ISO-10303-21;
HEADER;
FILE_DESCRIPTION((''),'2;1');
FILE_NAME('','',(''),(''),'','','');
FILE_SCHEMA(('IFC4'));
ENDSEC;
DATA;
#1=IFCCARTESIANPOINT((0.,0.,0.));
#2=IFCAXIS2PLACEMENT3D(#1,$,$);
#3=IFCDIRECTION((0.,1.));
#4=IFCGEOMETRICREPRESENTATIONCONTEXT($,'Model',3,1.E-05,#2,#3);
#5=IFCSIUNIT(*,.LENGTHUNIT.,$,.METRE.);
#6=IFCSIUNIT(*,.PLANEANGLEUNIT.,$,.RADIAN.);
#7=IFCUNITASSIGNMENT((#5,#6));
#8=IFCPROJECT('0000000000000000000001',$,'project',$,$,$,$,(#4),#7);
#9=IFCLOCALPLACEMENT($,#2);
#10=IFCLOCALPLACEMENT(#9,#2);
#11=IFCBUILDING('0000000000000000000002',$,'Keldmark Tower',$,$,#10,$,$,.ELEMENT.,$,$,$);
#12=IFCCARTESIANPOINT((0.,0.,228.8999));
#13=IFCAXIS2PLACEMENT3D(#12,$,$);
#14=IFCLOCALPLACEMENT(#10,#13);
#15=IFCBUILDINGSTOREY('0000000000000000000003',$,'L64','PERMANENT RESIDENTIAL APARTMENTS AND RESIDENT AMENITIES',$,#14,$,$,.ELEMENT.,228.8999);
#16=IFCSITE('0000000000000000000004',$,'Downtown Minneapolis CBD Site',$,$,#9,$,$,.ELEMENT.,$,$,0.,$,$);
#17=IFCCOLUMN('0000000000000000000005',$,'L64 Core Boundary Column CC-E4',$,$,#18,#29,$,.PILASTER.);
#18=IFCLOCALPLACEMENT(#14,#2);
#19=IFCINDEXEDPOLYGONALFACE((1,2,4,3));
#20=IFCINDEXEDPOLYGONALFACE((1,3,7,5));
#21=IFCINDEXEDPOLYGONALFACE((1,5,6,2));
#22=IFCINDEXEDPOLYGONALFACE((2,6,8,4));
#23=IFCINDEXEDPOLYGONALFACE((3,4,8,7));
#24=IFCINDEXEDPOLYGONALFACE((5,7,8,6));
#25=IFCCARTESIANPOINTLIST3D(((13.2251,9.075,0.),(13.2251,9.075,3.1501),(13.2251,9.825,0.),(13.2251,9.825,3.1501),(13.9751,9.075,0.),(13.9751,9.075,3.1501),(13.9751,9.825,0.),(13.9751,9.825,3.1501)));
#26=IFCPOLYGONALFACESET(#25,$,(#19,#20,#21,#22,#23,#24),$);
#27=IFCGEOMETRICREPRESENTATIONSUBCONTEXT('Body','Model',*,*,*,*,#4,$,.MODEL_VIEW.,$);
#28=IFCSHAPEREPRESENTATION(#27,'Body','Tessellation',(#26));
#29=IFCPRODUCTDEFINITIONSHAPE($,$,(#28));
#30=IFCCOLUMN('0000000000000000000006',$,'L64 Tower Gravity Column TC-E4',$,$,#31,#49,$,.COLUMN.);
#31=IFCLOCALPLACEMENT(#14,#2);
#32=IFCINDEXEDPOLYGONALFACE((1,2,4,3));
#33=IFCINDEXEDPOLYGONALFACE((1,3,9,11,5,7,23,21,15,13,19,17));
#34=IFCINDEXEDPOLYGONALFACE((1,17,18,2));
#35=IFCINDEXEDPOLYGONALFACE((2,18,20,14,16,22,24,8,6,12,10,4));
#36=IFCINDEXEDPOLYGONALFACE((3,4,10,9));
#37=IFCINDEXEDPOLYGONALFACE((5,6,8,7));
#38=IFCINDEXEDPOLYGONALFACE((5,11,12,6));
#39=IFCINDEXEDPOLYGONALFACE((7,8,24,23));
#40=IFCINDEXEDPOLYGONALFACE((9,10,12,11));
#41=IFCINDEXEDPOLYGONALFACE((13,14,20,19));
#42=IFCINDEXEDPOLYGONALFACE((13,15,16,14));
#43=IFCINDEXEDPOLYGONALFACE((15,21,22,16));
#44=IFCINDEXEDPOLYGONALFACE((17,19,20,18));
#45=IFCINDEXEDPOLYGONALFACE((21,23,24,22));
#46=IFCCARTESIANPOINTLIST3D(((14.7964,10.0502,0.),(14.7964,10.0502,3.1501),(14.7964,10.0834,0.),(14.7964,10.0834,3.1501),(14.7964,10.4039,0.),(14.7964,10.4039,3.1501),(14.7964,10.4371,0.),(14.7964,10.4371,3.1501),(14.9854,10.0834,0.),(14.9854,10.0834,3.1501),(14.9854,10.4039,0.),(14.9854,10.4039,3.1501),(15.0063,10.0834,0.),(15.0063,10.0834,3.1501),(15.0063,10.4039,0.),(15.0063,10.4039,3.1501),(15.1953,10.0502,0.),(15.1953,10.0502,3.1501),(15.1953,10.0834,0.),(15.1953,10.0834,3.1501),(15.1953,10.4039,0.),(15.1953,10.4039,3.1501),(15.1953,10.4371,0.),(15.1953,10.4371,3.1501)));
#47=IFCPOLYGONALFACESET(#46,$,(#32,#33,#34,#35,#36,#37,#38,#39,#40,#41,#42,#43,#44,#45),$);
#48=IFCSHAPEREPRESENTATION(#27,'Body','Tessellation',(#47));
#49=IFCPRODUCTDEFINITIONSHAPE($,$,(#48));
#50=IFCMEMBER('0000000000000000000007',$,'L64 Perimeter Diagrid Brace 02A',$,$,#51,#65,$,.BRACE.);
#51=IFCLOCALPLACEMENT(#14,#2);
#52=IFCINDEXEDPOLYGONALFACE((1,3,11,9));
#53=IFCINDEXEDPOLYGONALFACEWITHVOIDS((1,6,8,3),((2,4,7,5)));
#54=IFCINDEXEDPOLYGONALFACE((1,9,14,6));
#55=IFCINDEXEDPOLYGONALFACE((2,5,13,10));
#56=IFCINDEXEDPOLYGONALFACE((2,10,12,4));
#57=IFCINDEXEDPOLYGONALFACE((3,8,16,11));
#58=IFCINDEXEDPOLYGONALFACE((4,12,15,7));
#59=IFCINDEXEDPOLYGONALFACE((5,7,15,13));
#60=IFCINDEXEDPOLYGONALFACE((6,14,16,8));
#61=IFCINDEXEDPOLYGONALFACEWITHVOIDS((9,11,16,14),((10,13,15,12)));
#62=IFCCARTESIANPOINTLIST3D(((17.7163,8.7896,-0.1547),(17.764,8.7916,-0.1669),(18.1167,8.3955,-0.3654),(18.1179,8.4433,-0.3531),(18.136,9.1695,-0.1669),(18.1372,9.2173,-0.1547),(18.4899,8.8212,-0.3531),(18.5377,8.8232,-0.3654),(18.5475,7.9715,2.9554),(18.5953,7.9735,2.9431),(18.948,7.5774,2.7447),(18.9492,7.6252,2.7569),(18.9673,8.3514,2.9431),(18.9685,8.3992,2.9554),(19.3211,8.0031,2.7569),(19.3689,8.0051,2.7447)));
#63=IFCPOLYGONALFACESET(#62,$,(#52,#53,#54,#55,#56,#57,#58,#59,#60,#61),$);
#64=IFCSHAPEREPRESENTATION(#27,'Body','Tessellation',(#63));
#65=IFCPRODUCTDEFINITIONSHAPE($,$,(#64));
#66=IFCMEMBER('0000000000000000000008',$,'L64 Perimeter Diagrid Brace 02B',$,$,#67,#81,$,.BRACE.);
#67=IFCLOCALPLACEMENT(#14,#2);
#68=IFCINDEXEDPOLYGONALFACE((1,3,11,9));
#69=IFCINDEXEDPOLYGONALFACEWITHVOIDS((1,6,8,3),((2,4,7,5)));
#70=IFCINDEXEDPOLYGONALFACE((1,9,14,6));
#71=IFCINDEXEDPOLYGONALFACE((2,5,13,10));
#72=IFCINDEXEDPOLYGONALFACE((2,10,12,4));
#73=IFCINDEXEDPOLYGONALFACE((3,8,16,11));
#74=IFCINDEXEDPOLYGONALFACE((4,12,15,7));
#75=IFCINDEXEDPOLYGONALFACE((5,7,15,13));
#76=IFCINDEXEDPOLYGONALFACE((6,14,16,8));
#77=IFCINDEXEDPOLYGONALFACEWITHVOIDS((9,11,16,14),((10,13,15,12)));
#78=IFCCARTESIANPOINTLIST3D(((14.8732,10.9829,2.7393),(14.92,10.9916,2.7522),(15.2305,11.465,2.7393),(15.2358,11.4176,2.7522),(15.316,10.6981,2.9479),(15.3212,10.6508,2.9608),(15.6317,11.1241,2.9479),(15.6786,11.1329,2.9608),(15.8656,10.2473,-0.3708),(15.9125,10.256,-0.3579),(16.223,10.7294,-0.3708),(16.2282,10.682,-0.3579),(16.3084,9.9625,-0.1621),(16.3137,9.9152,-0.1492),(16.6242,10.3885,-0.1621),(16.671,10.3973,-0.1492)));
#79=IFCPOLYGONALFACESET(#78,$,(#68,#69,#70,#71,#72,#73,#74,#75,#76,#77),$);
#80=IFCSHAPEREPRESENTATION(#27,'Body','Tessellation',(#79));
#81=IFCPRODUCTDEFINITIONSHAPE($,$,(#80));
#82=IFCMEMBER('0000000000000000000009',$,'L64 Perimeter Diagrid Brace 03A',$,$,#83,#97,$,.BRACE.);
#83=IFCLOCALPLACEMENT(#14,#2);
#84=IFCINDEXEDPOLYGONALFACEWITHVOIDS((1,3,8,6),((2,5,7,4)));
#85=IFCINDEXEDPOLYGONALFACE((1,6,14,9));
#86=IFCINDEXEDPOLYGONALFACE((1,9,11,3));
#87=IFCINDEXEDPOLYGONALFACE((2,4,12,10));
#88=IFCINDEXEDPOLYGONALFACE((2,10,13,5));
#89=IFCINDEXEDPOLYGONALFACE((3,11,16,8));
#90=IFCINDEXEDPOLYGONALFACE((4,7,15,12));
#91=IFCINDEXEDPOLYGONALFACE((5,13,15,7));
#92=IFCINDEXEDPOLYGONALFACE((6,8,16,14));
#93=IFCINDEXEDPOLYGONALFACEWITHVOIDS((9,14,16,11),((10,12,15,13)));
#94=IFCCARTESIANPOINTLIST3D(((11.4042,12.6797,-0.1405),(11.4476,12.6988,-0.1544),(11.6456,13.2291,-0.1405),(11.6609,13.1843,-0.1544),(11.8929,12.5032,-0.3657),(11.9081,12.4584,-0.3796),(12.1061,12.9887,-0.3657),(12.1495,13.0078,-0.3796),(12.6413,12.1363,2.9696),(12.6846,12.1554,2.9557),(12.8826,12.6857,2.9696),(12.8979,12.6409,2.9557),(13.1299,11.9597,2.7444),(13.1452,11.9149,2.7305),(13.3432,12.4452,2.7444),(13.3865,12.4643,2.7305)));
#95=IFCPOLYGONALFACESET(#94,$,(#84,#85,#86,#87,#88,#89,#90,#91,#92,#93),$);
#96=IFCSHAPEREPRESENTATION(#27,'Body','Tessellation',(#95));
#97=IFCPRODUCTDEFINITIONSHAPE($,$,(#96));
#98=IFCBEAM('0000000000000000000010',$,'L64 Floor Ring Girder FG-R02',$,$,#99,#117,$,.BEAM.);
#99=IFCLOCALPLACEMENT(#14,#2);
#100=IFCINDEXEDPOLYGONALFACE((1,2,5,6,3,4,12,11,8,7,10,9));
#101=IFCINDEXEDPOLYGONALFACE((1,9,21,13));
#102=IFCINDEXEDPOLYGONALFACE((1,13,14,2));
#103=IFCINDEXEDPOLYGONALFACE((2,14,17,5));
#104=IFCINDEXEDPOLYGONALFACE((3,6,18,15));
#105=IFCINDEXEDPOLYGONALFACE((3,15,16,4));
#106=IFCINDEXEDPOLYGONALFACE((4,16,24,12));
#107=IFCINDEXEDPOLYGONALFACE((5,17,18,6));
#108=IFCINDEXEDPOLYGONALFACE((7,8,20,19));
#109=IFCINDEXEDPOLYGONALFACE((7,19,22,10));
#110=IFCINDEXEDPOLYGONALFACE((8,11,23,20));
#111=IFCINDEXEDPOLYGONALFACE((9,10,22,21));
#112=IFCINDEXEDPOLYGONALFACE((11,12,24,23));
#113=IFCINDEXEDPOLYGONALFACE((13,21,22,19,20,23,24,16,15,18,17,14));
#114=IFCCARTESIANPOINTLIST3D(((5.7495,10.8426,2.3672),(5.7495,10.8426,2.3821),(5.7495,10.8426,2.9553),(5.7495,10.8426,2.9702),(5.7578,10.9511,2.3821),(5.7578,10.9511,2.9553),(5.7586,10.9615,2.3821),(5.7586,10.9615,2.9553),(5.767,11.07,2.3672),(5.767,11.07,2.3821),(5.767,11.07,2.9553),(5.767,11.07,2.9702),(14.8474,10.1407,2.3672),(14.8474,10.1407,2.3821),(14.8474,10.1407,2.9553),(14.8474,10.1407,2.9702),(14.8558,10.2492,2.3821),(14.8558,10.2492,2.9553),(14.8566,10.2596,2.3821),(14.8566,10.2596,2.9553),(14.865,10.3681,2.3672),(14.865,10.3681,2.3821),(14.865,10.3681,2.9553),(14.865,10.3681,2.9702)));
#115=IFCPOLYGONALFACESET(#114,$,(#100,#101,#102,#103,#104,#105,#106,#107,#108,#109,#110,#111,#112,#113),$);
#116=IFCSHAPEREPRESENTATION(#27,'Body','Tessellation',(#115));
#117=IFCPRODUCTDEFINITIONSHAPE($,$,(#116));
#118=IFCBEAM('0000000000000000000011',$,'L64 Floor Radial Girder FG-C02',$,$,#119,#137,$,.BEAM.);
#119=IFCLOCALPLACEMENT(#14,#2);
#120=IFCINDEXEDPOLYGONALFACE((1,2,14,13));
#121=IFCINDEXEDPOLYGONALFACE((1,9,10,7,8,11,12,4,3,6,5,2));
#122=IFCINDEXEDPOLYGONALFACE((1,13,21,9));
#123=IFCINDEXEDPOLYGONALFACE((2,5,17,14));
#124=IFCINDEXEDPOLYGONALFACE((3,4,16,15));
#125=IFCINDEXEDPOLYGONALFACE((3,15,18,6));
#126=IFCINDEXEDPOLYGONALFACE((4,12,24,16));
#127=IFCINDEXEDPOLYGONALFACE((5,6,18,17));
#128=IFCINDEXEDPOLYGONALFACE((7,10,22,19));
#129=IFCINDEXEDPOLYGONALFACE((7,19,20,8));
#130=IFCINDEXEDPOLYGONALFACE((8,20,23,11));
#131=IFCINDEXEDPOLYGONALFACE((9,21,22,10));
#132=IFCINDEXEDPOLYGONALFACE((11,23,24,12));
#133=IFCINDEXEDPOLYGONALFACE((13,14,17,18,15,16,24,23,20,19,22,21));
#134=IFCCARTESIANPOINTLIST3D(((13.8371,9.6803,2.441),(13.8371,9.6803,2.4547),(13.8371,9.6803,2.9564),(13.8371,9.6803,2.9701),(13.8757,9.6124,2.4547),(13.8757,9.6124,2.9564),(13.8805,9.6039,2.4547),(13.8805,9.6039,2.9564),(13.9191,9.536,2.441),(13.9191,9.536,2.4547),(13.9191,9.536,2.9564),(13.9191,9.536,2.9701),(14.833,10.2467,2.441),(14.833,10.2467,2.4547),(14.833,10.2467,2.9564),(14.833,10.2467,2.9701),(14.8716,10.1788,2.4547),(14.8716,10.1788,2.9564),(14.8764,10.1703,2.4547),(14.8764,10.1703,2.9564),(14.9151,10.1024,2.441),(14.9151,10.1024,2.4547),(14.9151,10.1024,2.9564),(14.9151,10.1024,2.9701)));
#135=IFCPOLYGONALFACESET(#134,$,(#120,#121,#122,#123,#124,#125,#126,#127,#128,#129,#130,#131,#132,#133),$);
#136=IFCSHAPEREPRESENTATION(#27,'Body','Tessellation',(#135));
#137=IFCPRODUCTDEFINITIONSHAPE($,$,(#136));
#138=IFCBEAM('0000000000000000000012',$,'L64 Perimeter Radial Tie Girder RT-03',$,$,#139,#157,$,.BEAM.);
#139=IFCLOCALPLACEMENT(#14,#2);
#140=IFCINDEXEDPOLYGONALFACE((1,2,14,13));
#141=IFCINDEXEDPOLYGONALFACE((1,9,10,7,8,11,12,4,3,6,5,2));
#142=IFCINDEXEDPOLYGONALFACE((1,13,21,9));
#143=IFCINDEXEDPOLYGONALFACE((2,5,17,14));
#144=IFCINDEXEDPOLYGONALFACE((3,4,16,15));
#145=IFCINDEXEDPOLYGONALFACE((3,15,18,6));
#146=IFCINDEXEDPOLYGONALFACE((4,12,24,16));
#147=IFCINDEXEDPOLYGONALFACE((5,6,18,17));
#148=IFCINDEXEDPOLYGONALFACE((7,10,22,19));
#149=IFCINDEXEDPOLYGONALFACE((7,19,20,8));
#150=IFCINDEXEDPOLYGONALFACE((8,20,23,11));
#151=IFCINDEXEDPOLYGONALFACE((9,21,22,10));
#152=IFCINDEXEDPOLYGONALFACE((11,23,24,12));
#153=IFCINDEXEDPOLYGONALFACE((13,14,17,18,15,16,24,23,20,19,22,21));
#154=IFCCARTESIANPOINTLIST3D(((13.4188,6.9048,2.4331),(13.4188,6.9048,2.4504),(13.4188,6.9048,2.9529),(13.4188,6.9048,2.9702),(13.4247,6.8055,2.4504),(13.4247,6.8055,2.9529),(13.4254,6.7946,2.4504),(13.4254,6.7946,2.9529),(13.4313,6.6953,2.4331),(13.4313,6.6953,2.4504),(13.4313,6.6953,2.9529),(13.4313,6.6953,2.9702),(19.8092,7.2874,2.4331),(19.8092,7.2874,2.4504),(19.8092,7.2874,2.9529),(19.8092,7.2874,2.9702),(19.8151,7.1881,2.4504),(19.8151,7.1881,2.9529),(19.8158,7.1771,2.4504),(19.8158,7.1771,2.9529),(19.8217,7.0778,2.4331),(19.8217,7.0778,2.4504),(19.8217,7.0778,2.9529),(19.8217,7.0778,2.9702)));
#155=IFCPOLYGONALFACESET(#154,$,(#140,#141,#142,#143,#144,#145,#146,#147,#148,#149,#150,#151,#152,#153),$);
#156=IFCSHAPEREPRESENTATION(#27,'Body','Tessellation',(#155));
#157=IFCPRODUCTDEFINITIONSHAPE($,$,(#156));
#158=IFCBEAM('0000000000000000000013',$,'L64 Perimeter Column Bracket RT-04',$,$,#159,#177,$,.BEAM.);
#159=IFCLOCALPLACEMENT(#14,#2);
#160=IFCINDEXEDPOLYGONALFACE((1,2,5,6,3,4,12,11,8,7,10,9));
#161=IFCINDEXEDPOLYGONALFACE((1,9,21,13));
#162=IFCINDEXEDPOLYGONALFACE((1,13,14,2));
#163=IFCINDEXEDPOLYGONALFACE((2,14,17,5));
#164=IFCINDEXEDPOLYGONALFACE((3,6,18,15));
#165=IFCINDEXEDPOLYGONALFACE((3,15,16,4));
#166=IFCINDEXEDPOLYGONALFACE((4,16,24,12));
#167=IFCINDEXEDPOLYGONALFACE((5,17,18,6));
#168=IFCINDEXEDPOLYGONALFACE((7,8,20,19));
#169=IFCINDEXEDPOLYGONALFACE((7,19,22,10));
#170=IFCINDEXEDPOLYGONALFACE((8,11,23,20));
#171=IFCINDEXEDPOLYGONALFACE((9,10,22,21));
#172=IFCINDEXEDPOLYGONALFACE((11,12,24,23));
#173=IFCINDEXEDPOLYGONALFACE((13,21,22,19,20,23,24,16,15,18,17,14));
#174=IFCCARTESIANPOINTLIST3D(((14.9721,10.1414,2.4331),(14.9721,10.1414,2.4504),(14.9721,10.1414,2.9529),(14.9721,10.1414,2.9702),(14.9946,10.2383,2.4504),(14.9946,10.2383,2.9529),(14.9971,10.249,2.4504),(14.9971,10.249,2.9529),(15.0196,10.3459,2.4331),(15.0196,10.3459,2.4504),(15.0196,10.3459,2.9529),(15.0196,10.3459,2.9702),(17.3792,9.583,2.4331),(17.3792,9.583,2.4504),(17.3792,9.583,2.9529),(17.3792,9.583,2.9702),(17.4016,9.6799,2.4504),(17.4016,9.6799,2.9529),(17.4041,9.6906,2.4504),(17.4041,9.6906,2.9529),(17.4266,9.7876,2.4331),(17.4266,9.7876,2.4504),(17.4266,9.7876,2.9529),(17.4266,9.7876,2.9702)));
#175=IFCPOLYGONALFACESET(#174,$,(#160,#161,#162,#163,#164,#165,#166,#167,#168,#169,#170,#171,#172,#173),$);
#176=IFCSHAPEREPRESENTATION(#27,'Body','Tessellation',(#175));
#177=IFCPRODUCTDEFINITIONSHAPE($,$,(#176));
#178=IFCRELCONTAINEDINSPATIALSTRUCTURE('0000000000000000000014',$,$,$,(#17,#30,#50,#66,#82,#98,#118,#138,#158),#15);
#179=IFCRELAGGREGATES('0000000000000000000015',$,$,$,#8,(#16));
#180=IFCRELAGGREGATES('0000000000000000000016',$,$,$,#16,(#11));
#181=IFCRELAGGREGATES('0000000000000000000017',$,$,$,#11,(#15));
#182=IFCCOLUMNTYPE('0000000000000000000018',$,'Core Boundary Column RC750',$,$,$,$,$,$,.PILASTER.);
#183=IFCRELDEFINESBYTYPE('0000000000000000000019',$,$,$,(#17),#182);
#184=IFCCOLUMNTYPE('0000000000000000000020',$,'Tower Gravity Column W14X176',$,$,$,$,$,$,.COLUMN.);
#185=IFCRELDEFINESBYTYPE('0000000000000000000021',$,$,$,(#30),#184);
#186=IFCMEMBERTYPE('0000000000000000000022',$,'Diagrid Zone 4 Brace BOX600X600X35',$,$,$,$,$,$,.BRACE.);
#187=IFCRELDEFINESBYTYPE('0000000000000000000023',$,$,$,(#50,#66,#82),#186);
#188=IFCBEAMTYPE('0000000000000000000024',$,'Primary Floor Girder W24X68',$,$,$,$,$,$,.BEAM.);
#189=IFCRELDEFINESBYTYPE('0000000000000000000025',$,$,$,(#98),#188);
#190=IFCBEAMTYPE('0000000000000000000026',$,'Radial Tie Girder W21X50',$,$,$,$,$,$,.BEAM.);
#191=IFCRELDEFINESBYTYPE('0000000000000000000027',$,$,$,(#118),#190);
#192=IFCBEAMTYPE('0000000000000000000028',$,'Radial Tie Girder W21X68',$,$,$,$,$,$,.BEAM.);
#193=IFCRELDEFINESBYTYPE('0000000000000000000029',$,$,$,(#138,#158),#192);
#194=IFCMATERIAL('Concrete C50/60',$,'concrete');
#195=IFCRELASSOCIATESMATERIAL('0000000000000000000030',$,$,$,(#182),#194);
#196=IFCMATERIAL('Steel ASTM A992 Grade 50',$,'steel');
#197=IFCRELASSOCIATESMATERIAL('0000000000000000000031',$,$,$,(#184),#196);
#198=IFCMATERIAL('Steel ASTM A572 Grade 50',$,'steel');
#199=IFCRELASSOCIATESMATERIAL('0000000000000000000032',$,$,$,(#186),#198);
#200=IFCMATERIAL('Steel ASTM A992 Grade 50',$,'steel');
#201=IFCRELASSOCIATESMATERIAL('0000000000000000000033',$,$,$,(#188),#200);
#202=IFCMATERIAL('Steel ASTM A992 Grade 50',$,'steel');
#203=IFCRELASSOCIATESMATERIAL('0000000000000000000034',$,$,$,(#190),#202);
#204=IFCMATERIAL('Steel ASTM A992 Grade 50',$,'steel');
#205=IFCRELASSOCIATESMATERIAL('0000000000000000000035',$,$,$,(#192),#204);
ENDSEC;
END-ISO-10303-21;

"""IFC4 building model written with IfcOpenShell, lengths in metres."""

from ifc_helpers import new_model, si_unit, direction, frame, origin, origin_2d, place, context, subcontext, project, spatial, rectangle, hollow_rectangle, i_section, extrude, material, material_profile, profile_set, type_object, element, save


model = new_model("IFC4")

# Units and contexts
model_context = context("Model", 3, precision=1e-05, world=origin(), true_north=direction((0.0, 1.0)))
body_context = subcontext(model_context, "Body", "Model", "MODEL_VIEW")
ifc_project = project(units=[si_unit("LENGTHUNIT", "METRE"), si_unit("PLANEANGLEUNIT", "RADIAN")], contexts=[model_context])

# Site, building, storey
site_placement = place(None, origin())
site = spatial("IfcSite", under=ifc_project, at=site_placement, Name="Downtown Minneapolis CBD Site", CompositionType="ELEMENT", RefElevation=0.0)
building_placement = place(site_placement, origin())
building = spatial("IfcBuilding", under=site, at=building_placement, Name="Keldmark Tower", CompositionType="ELEMENT")
storey_placement = place(building_placement, frame((0.0, 0.0, 228.8999)))
storey = spatial("IfcBuildingStorey", under=building, at=storey_placement, Name="L64", Description="PERMANENT RESIDENTIAL APARTMENTS AND RESIDENT AMENITIES", CompositionType="ELEMENT", Elevation=228.8999)

# Columns
ifc_material_1 = material(Name="Concrete C50/60", Category="concrete")
ifc_material_profile_1 = material_profile(ifc_material_1, rectangle(XDim=0.75, YDim=0.75, at=origin_2d()), Name="RC750X750")
ifc_profile_set_1 = profile_set([ifc_material_profile_1], Name="Concrete C50/60")
column_type_1 = type_object("IfcColumnType", Name="Core Boundary Column RC750", PredefinedType="PILASTER", material=ifc_profile_set_1)
column_1_placement = place(storey_placement, frame((13.6001, 9.45, 0.0), z_axis=(0.0, 0.0, 1.0), x_axis=(1.0, 0.0, 0.0)))
element("IfcColumn", 1, at=column_1_placement, inside=storey, type_object=column_type_1, Name="L64 Core Boundary Column CC-E4", PredefinedType="PILASTER", context=body_context, shape_type="SweptSolid", body=[
    extrude(rectangle(XDim=0.75, YDim=0.75, at=origin_2d()), origin(), (0.0, 0.0, 1.0), 3.1501),
])
ifc_material_2 = material(Name="Steel ASTM A992 Grade 50", Category="steel")
ifc_material_profile_2 = material_profile(ifc_material_2, i_section(OverallWidth=0.3989, OverallDepth=0.387, WebThickness=0.021, FlangeThickness=0.0332, at=origin_2d()), Name="W14X176")
ifc_profile_set_2 = profile_set([ifc_material_profile_2], Name="Steel ASTM A992 Grade 50")
column_type_2 = type_object("IfcColumnType", Name="Tower Gravity Column W14X176", PredefinedType="COLUMN", material=ifc_profile_set_2)
column_2_placement = place(storey_placement, frame((14.9958, 10.2437, 0.0), z_axis=(0.0, 0.0, 1.0), x_axis=(1.0, 0.0, 0.0)))
element("IfcColumn", 2, at=column_2_placement, inside=storey, type_object=column_type_2, Name="L64 Tower Gravity Column TC-E4", PredefinedType="COLUMN", context=body_context, shape_type="SweptSolid", body=[
    extrude(i_section(OverallWidth=0.3989, OverallDepth=0.387, WebThickness=0.021, FlangeThickness=0.0332, at=origin_2d()), origin(), (0.0, 0.0, 1.0), 3.1501),
])

# Members
ifc_material_3 = material(Name="Steel ASTM A572 Grade 50", Category="steel")
ifc_material_profile_3 = material_profile(ifc_material_3, hollow_rectangle(XDim=0.6001, YDim=0.6001, WallThickness=0.0349, at=origin_2d()), Name="BOX600X600X35")
ifc_profile_set_3 = profile_set([ifc_material_profile_3], Name="Steel ASTM A572 Grade 50")
member_type = type_object("IfcMemberType", Name="Diagrid Zone 4 Brace BOX600X600X35", PredefinedType="BRACE", material=ifc_profile_set_3)
member_1_placement = place(storey_placement, frame((18.127, 8.8064, -0.26), z_axis=(0.250269, -0.2463, 0.936323), x_axis=(0.701433, 0.712736, 0.0)))
element("IfcMember", 3, at=member_1_placement, inside=storey, type_object=member_type, Name="L64 Perimeter Diagrid Brace 02A", PredefinedType="BRACE", context=body_context, shape_type="SweptSolid", body=[
    extrude(hollow_rectangle(XDim=0.6001, YDim=0.6001, WallThickness=0.0349, at=origin_2d()), origin(), (0.0, 0.0, 1.0), 3.3215),
])
member_2_placement = place(storey_placement, frame((16.2683, 10.3223, -0.26), z_axis=(-0.296562, 0.219813, 0.929373), x_axis=(-0.595469, -0.803379, 0.0)))
element("IfcMember", 4, at=member_2_placement, inside=storey, type_object=member_type, Name="L64 Perimeter Diagrid Brace 02B", PredefinedType="BRACE", context=body_context, shape_type="SweptSolid", body=[
    extrude(hollow_rectangle(XDim=0.6001, YDim=0.6001, WallThickness=0.0349, at=origin_2d()), origin(), (0.0, 0.0, 1.0), 3.3464),
])
member_3_placement = place(storey_placement, frame((11.7769, 12.8438, -0.26), z_axis=(0.364814, -0.160268, 0.917183), x_axis=(0.402212, 0.915547, 0.0)))
element("IfcMember", 5, at=member_3_placement, inside=storey, type_object=member_type, Name="L64 Perimeter Diagrid Brace 03A", PredefinedType="BRACE", context=body_context, shape_type="SweptSolid", body=[
    extrude(hollow_rectangle(XDim=0.6001, YDim=0.6001, WallThickness=0.0349, at=origin_2d()), origin(), (0.0, 0.0, 1.0), 3.3909),
])

# Beams
ifc_material_4 = material(Name="Steel ASTM A992 Grade 50", Category="steel")
ifc_material_profile_4 = material_profile(ifc_material_4, i_section(OverallWidth=0.228, OverallDepth=0.603, WebThickness=0.0105, FlangeThickness=0.0149, at=origin_2d()), Name="W24X68")
ifc_profile_set_4 = profile_set([ifc_material_profile_4], Name="Steel ASTM A992 Grade 50")
beam_type_1 = type_object("IfcBeamType", Name="Primary Floor Girder W24X68", PredefinedType="BEAM", material=ifc_profile_set_4)
beam_1_placement = place(storey_placement, frame((14.8562, 10.2544, 2.6687), z_axis=(-0.997037, 0.076922, 0.0), x_axis=(-0.076922, -0.997037, 0.0)))
element("IfcBeam", 6, at=beam_1_placement, inside=storey, type_object=beam_type_1, Name="L64 Floor Ring Girder FG-R02", PredefinedType="BEAM", context=body_context, shape_type="SweptSolid", body=[
    extrude(i_section(OverallWidth=0.228, OverallDepth=0.603, WebThickness=0.0105, FlangeThickness=0.0149, at=origin_2d()), origin(), (0.0, 0.0, 1.0), 9.125),
])
ifc_material_5 = material(Name="Steel ASTM A992 Grade 50", Category="steel")
ifc_material_profile_5 = material_profile(ifc_material_5, i_section(OverallWidth=0.166, OverallDepth=0.5291, WebThickness=0.0098, FlangeThickness=0.0137, at=origin_2d()), Name="W21X50")
ifc_profile_set_5 = profile_set([ifc_material_profile_5], Name="Steel ASTM A992 Grade 50")
beam_type_2 = type_object("IfcBeamType", Name="Radial Tie Girder W21X50", PredefinedType="BEAM", material=ifc_profile_set_5)
beam_2_placement = place(storey_placement, frame((14.874, 10.1746, 2.7056), z_axis=(-0.869238, -0.494394, 0.0), x_axis=(0.494394, -0.869238, 0.0)))
element("IfcBeam", 7, at=beam_2_placement, inside=storey, type_object=beam_type_2, Name="L64 Floor Radial Girder FG-C02", PredefinedType="BEAM", context=body_context, shape_type="SweptSolid", body=[
    extrude(i_section(OverallWidth=0.166, OverallDepth=0.5291, WebThickness=0.0098, FlangeThickness=0.0137, at=origin_2d()), origin(), (0.0, 0.0, 1.0), 1.1458),
])
ifc_material_6 = material(Name="Steel ASTM A992 Grade 50", Category="steel")
ifc_material_profile_6 = material_profile(ifc_material_6, i_section(OverallWidth=0.21, OverallDepth=0.5371, WebThickness=0.011, FlangeThickness=0.0173, at=origin_2d()), Name="W21X68")
ifc_profile_set_6 = profile_set([ifc_material_profile_6], Name="Steel ASTM A992 Grade 50")
beam_type_3 = type_object("IfcBeamType", Name="Radial Tie Girder W21X68", PredefinedType="BEAM", material=ifc_profile_set_6)
beam_3_placement = place(storey_placement, frame((13.425, 6.8, 2.7017), z_axis=(0.998213, 0.059759, 0.0), x_axis=(-0.059759, 0.998213, 0.0)))
element("IfcBeam", 8, at=beam_3_placement, inside=storey, type_object=beam_type_3, Name="L64 Perimeter Radial Tie Girder RT-03", PredefinedType="BEAM", context=body_context, shape_type="SweptSolid", body=[
    extrude(i_section(OverallWidth=0.21, OverallDepth=0.5371, WebThickness=0.011, FlangeThickness=0.0173, at=origin_2d()), origin(), (0.0, 0.0, 1.0), 6.4019),
])
beam_4_placement = place(storey_placement, frame((14.9958, 10.2437, 2.7017), z_axis=(0.974134, -0.225971, 0.0), x_axis=(0.225971, 0.974134, 0.0)))
element("IfcBeam", 9, at=beam_4_placement, inside=storey, type_object=beam_type_3, Name="L64 Perimeter Column Bracket RT-04", PredefinedType="BEAM", context=body_context, shape_type="SweptSolid", body=[
    extrude(i_section(OverallWidth=0.21, OverallDepth=0.5371, WebThickness=0.011, FlangeThickness=0.0173, at=origin_2d()), origin(), (0.0, 0.0, 1.0), 2.4709),
])

save(model, "model.ifc")
